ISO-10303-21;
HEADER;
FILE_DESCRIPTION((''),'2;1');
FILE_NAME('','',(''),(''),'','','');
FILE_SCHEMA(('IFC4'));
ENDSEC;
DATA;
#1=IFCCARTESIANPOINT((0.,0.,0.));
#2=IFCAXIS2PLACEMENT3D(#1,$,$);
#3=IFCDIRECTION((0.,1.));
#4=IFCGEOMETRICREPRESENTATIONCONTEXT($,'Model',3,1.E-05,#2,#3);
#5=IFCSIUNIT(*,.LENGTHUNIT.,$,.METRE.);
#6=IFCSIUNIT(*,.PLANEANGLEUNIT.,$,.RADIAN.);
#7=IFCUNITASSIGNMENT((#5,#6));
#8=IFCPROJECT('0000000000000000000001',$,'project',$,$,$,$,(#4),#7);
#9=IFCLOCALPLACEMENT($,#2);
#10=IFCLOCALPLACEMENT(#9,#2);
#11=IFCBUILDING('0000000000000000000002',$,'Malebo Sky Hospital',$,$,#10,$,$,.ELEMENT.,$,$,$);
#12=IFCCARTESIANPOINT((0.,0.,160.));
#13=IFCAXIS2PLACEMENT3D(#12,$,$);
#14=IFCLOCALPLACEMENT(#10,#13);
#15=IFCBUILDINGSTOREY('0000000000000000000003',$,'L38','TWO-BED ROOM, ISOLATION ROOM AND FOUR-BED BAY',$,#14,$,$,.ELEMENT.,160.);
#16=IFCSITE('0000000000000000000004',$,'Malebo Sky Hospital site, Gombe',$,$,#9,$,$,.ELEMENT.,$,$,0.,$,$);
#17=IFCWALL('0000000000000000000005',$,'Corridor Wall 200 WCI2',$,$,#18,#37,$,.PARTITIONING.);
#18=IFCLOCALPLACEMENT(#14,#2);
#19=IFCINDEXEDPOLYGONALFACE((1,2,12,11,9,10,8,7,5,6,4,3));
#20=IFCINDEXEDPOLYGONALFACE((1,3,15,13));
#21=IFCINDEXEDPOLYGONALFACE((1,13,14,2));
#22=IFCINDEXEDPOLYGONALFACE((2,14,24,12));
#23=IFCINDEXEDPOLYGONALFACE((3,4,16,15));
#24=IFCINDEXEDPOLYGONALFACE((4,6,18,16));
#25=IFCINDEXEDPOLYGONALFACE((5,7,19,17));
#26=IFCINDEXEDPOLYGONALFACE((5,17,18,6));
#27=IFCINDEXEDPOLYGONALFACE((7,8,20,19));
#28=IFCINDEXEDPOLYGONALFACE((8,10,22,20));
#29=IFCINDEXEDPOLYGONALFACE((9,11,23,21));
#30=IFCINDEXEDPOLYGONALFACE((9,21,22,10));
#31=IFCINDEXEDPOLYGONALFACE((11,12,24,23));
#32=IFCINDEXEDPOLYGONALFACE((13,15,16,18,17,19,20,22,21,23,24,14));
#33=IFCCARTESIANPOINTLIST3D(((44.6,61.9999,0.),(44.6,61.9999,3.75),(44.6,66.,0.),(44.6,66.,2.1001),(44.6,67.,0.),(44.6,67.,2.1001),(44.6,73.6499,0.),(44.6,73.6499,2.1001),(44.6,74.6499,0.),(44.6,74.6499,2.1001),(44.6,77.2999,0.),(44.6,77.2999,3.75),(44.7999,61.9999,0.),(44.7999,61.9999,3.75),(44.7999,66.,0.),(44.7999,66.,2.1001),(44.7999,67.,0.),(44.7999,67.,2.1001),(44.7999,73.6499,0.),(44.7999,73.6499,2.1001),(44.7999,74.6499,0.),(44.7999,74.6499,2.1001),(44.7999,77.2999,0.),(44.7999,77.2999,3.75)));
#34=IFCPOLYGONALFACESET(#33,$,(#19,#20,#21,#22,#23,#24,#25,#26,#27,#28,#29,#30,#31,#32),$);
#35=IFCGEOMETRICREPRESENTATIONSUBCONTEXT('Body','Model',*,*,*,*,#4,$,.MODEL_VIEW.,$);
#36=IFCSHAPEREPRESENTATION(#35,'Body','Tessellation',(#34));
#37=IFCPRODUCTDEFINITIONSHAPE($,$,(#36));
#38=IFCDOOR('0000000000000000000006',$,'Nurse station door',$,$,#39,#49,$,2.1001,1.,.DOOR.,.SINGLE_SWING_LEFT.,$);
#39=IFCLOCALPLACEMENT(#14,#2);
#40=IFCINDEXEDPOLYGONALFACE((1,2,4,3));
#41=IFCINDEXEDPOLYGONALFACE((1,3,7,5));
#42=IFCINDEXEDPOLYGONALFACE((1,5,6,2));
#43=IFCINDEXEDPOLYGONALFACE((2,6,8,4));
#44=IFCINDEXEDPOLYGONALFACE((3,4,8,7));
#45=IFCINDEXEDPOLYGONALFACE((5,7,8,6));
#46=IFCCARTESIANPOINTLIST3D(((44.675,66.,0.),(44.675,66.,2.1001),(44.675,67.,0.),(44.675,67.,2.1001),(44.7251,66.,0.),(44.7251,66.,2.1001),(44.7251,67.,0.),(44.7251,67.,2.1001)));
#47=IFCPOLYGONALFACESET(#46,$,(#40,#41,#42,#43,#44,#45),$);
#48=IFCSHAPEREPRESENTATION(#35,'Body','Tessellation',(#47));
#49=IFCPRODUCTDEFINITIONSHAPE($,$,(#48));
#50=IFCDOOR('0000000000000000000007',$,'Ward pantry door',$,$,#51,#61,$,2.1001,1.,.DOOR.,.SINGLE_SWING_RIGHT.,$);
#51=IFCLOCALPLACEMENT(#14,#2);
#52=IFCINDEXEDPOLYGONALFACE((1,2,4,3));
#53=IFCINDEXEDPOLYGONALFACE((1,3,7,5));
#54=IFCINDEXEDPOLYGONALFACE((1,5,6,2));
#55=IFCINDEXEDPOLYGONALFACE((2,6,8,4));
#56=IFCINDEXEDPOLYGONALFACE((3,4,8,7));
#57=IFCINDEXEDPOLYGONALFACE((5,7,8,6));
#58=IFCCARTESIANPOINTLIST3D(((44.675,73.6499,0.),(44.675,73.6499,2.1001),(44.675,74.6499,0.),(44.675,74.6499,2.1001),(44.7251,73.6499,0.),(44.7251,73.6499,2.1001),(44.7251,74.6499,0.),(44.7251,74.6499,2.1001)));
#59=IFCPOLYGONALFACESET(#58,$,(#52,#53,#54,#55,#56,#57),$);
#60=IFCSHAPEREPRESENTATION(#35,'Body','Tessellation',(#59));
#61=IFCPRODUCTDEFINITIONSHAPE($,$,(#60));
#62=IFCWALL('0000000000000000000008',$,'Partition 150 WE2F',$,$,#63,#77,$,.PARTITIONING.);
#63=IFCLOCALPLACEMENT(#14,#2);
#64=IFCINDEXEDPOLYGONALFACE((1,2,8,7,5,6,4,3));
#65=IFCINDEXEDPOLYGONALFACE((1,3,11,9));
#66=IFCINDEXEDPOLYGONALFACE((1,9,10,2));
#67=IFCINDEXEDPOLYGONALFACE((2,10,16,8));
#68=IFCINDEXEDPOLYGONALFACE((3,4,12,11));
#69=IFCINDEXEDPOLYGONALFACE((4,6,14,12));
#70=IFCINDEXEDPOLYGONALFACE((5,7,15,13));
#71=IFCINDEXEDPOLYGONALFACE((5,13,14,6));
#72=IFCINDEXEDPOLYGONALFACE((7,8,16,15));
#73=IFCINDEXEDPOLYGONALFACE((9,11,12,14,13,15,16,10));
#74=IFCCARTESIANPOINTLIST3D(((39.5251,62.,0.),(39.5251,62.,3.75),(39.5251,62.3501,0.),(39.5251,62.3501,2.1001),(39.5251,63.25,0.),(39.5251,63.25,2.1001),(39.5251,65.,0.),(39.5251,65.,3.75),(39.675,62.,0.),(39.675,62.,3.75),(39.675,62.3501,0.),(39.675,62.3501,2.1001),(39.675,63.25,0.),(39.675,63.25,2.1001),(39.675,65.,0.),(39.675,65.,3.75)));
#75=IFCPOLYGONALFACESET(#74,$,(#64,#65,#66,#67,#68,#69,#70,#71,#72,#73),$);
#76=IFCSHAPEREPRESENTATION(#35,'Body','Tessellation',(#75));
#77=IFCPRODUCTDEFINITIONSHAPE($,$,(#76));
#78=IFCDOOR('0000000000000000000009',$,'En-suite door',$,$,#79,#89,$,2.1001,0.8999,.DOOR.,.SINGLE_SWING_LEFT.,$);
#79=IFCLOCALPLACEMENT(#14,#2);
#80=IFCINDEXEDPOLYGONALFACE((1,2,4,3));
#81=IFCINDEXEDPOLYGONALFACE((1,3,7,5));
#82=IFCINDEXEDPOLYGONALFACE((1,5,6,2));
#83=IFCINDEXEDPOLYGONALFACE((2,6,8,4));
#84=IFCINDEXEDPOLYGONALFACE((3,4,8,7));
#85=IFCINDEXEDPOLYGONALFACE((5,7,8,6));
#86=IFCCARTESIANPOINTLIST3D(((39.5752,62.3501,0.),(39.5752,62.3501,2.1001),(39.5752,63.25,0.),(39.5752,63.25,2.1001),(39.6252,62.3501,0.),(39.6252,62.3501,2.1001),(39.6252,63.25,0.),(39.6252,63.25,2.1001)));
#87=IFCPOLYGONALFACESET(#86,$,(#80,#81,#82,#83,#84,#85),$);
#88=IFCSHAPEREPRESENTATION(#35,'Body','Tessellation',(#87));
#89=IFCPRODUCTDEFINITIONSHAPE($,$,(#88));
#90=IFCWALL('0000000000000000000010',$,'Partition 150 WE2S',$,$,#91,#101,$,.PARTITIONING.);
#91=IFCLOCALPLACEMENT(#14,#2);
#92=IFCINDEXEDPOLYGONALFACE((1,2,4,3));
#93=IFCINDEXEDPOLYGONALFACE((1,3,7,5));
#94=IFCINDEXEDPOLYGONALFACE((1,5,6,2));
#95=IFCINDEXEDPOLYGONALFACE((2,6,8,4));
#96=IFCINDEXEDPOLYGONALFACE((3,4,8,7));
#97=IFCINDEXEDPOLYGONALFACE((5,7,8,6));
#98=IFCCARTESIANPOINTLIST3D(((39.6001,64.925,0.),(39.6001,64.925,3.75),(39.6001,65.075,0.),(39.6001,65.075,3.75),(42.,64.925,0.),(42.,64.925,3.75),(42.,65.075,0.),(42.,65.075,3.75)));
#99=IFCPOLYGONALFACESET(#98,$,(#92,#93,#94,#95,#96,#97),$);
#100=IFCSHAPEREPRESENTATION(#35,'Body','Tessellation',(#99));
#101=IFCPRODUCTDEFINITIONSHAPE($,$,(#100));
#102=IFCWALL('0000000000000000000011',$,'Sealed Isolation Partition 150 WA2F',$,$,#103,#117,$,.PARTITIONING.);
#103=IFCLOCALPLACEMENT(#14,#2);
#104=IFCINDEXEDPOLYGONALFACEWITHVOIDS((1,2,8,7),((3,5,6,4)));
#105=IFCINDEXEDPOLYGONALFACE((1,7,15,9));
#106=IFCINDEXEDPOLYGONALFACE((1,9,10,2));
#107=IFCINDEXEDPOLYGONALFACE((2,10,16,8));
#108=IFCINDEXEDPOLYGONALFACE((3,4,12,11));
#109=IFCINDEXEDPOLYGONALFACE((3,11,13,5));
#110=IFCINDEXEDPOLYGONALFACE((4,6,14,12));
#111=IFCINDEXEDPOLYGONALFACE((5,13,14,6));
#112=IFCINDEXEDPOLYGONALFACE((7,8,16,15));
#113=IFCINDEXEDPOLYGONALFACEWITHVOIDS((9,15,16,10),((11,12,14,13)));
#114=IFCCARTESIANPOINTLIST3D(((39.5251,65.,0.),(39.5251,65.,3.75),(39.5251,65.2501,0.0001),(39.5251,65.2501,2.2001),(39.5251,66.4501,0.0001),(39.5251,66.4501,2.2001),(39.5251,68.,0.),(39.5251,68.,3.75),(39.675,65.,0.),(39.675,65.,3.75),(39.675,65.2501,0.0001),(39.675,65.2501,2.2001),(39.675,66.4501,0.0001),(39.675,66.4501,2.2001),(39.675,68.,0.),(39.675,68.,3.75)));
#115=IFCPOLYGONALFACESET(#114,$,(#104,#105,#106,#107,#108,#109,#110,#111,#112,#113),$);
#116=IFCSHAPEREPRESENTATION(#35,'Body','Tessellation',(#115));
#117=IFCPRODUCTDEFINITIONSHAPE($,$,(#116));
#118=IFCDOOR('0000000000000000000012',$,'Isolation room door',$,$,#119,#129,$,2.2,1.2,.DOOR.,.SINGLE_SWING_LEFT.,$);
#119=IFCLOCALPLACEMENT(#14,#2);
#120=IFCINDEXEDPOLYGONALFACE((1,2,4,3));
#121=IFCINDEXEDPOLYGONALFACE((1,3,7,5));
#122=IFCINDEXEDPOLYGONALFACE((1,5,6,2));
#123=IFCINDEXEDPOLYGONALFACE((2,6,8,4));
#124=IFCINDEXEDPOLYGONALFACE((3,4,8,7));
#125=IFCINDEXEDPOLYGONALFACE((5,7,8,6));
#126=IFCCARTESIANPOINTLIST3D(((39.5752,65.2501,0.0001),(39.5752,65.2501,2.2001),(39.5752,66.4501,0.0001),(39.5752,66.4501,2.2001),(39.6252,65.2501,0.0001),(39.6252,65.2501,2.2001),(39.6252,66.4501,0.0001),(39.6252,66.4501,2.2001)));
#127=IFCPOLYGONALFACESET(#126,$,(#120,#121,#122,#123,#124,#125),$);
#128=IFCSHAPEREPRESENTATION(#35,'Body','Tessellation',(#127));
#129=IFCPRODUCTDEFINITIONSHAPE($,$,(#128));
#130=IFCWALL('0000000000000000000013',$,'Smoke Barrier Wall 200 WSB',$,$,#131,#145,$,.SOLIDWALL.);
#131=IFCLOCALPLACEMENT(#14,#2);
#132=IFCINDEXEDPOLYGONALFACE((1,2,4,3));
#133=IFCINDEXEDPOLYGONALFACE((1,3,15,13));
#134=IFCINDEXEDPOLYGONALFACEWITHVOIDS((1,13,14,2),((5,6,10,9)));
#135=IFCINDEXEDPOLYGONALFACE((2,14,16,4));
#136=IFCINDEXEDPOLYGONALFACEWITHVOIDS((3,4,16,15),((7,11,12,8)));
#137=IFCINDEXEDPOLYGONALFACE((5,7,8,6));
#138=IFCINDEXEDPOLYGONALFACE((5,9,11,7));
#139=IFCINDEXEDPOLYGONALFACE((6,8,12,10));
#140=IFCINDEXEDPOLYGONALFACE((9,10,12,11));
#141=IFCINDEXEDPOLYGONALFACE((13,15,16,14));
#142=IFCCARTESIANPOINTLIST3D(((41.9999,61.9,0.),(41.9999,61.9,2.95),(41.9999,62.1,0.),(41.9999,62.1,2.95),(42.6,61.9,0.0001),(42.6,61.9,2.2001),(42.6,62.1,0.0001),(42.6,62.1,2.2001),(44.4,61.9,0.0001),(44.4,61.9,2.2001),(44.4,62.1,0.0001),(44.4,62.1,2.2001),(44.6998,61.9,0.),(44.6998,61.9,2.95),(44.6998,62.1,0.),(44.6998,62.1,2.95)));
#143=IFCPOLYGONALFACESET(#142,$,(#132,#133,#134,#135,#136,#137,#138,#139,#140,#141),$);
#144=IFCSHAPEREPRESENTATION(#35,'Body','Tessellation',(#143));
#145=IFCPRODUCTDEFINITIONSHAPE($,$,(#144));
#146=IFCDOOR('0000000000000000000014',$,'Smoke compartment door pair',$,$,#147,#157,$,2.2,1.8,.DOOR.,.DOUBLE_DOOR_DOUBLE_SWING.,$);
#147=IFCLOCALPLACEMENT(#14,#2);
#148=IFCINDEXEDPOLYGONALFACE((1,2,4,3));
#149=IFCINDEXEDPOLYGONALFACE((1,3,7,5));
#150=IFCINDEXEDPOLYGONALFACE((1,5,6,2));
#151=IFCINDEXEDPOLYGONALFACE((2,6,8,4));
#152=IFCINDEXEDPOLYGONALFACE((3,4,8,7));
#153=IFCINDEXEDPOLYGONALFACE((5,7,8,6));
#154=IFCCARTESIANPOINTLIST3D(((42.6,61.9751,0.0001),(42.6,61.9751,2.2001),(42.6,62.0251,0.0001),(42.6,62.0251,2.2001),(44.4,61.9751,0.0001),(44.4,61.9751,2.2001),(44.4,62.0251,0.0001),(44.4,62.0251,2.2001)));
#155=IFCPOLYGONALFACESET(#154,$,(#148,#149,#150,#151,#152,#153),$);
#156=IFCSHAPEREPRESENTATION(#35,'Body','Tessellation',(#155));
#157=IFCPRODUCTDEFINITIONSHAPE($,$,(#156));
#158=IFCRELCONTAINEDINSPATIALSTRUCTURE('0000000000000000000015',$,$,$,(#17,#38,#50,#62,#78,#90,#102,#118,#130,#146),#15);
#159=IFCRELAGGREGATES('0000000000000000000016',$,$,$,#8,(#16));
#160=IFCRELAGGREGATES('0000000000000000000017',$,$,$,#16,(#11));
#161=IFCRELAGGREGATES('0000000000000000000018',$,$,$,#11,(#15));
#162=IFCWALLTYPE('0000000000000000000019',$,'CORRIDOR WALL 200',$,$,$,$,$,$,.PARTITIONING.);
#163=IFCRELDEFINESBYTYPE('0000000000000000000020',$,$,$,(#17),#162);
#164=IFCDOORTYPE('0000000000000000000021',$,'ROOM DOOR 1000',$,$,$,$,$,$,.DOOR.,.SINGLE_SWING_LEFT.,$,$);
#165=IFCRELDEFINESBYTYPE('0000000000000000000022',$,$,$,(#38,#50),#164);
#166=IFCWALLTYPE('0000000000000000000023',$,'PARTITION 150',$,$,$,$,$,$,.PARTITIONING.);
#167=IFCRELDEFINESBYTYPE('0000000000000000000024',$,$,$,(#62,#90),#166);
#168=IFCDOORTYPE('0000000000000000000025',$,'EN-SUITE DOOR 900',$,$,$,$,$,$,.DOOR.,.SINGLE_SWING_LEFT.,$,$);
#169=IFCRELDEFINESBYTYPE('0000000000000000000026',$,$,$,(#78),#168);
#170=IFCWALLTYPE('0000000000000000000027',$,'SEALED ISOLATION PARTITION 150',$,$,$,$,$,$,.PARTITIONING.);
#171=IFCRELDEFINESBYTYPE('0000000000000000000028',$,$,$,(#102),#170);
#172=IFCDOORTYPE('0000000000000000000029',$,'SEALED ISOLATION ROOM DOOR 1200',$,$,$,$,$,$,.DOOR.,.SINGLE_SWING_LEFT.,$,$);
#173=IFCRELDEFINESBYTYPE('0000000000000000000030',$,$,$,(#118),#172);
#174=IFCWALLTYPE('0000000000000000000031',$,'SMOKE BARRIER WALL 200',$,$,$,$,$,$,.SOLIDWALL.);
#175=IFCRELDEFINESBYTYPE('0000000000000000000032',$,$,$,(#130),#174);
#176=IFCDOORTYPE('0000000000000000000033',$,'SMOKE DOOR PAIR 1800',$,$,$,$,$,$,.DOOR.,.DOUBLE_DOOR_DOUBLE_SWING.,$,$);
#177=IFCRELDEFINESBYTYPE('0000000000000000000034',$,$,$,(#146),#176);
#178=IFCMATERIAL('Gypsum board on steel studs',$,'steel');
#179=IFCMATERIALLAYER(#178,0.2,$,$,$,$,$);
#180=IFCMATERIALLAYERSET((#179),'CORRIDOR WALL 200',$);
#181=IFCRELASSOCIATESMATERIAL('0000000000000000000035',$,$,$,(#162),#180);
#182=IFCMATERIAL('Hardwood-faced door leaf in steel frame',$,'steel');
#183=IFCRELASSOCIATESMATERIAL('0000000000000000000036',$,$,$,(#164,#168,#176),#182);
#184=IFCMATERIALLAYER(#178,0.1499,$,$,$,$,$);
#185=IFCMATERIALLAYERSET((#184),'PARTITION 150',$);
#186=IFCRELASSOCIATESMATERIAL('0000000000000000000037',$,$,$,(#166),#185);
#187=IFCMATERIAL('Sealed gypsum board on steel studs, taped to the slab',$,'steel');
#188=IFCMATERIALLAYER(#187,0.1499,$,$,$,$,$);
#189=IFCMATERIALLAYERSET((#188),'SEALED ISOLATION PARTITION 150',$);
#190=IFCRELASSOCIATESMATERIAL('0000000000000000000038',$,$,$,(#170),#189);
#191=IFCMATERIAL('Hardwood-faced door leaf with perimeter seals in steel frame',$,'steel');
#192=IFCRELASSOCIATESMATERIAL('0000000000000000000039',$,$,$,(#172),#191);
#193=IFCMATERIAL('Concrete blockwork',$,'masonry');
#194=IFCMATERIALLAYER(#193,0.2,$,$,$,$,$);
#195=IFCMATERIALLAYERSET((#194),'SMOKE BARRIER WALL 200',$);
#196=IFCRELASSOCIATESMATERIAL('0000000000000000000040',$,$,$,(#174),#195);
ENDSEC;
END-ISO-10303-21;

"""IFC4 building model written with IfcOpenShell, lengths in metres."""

from ifc_helpers import new_model, si_unit, direction, frame, frame_2d, origin, place, context, subcontext, project, spatial, rectangle, extrude, material, layer, layer_set, type_object, element, fill, save


model = new_model("IFC4")

# Units and contexts
model_context = context("Model", 3, precision=1e-05, world=origin(), true_north=direction((0.0, 1.0)))
body_context = subcontext(model_context, "Body", "Model", "MODEL_VIEW")
ifc_project = project(units=[si_unit("LENGTHUNIT", "METRE"), si_unit("PLANEANGLEUNIT", "RADIAN")], contexts=[model_context])

# Site, building, storey
site_placement = place(None, origin())
site = spatial("IfcSite", under=ifc_project, at=site_placement, Name="Malebo Sky Hospital site, Gombe", CompositionType="ELEMENT", RefElevation=0.0)
building_placement = place(site_placement, origin())
building = spatial("IfcBuilding", under=site, at=building_placement, Name="Malebo Sky Hospital", CompositionType="ELEMENT")
storey_placement = place(building_placement, frame((0.0, 0.0, 160.0)))
storey = spatial("IfcBuildingStorey", under=building, at=storey_placement, Name="L38", Description="TWO-BED ROOM, ISOLATION ROOM AND FOUR-BED BAY", CompositionType="ELEMENT", Elevation=160.0)

# Wall, openings, doors
ifc_material_1 = material(Name="Gypsum board on steel studs", Category="steel")
ifc_layer_1 = layer(ifc_material_1, 0.2)
ifc_layer_set_1 = layer_set([ifc_layer_1], Name="CORRIDOR WALL 200")
wall_type_1 = type_object("IfcWallType", Name="CORRIDOR WALL 200", PredefinedType="PARTITIONING", material=ifc_layer_set_1)
wall_1_placement = place(storey_placement, frame((44.7, 62.0, 0.0), z_axis=(0.0, 0.0, 1.0), x_axis=(0.0, 1.0, 0.0)))
wall_1 = element("IfcWall", 1, at=wall_1_placement, inside=storey, type_object=wall_type_1, Name="Corridor Wall 200 WCI2", PredefinedType="PARTITIONING", context=body_context, shape_type="SweptSolid", body=[
    extrude(rectangle(XDim=15.3, YDim=0.2, at=frame_2d((7.6499, 0.0))), origin(), (0.0, 0.0, 1.0), 3.75),
])
opening_1_placement = place(wall_1_placement, frame((4.0, 0.0, 0.0)))
opening_1 = element("IfcOpeningElement", 2, at=opening_1_placement, cuts=wall_1, PredefinedType="OPENING", context=body_context, shape_type="SweptSolid", body=[
    extrude(rectangle(XDim=1.0, YDim=2.1001, at=frame_2d((0.5, 1.05))), frame((0.0, 0.1099, 0.0), z_axis=(0.0, -1.0, 0.0), x_axis=(1.0, 0.0, 0.0)), (0.0, 0.0, 1.0), 0.22),
])
opening_2_placement = place(wall_1_placement, frame((11.6499, 0.0, 0.0)))
opening_2 = element("IfcOpeningElement", 3, at=opening_2_placement, cuts=wall_1, PredefinedType="OPENING", context=body_context, shape_type="SweptSolid", body=[
    extrude(rectangle(XDim=1.0, YDim=2.1001, at=frame_2d((0.5, 1.05))), frame((0.0, 0.1099, 0.0), z_axis=(0.0, -1.0, 0.0), x_axis=(1.0, 0.0, 0.0)), (0.0, 0.0, 1.0), 0.22),
])
ifc_material_2 = material(Name="Hardwood-faced door leaf in steel frame", Category="steel")
door_type_1 = type_object("IfcDoorType", Name="ROOM DOOR 1000", OperationType="SINGLE_SWING_LEFT", PredefinedType="DOOR", material=ifc_material_2)
door_1_placement = place(opening_1_placement, origin())
door_1 = element("IfcDoor", 4, at=door_1_placement, inside=storey, type_object=door_type_1, Name="Nurse station door", OperationType="SINGLE_SWING_LEFT", OverallHeight=2.1001, OverallWidth=1.0, PredefinedType="DOOR", context=body_context, shape_type="SweptSolid", body=[
    extrude(rectangle(XDim=1.0, YDim=2.1001, at=frame_2d((0.5, 1.05))), frame((0.0, 0.0249, 0.0), z_axis=(0.0, -1.0, 0.0), x_axis=(1.0, 0.0, 0.0)), (0.0, 0.0, 1.0), 0.05),
])
fill(opening_1, door_1)
door_2_placement = place(opening_2_placement, origin())
door_2 = element("IfcDoor", 5, at=door_2_placement, inside=storey, type_object=door_type_1, Name="Ward pantry door", OperationType="SINGLE_SWING_RIGHT", OverallHeight=2.1001, OverallWidth=1.0, PredefinedType="DOOR", context=body_context, shape_type="SweptSolid", body=[
    extrude(rectangle(XDim=1.0, YDim=2.1001, at=frame_2d((0.5, 1.05))), frame((0.0, 0.0249, 0.0), z_axis=(0.0, -1.0, 0.0), x_axis=(1.0, 0.0, 0.0)), (0.0, 0.0, 1.0), 0.05),
])
fill(opening_2, door_2)

# Wall, opening, door
ifc_layer_2 = layer(ifc_material_1, 0.1499)
ifc_layer_set_2 = layer_set([ifc_layer_2], Name="PARTITION 150")
wall_type_2 = type_object("IfcWallType", Name="PARTITION 150", PredefinedType="PARTITIONING", material=ifc_layer_set_2)
wall_2_placement = place(storey_placement, frame((39.6001, 62.0, 0.0), z_axis=(0.0, 0.0, 1.0), x_axis=(0.0, 1.0, 0.0)))
wall_2 = element("IfcWall", 6, at=wall_2_placement, inside=storey, type_object=wall_type_2, Name="Partition 150 WE2F", PredefinedType="PARTITIONING", context=body_context, shape_type="SweptSolid", body=[
    extrude(rectangle(XDim=3.0, YDim=0.1499, at=frame_2d((1.5, 0.0))), origin(), (0.0, 0.0, 1.0), 3.75),
])
opening_3_placement = place(wall_2_placement, frame((0.3501, 0.0, 0.0)))
opening_3 = element("IfcOpeningElement", 7, at=opening_3_placement, cuts=wall_2, PredefinedType="OPENING", context=body_context, shape_type="SweptSolid", body=[
    extrude(rectangle(XDim=0.8999, YDim=2.1001, at=frame_2d((0.45, 1.05))), frame((0.0, 0.085, 0.0), z_axis=(0.0, -1.0, 0.0), x_axis=(1.0, 0.0, 0.0)), (0.0, 0.0, 1.0), 0.1699),
])
door_type_2 = type_object("IfcDoorType", Name="EN-SUITE DOOR 900", OperationType="SINGLE_SWING_LEFT", PredefinedType="DOOR", material=ifc_material_2)
door_3_placement = place(opening_3_placement, origin())
door_3 = element("IfcDoor", 8, at=door_3_placement, inside=storey, type_object=door_type_2, Name="En-suite door", OperationType="SINGLE_SWING_LEFT", OverallHeight=2.1001, OverallWidth=0.8999, PredefinedType="DOOR", context=body_context, shape_type="SweptSolid", body=[
    extrude(rectangle(XDim=0.8999, YDim=2.1001, at=frame_2d((0.45, 1.05))), frame((0.0, 0.0249, 0.0), z_axis=(0.0, -1.0, 0.0), x_axis=(1.0, 0.0, 0.0)), (0.0, 0.0, 1.0), 0.05),
])
fill(opening_3, door_3)

# Wall
wall_3_placement = place(storey_placement, frame((42.0, 65.0, 0.0), z_axis=(0.0, 0.0, 1.0), x_axis=(-1.0, 0.0, 0.0)))
element("IfcWall", 9, at=wall_3_placement, inside=storey, type_object=wall_type_2, Name="Partition 150 WE2S", PredefinedType="PARTITIONING", context=body_context, shape_type="SweptSolid", body=[
    extrude(rectangle(XDim=2.3999, YDim=0.1499, at=frame_2d((1.2, 0.0))), origin(), (0.0, 0.0, 1.0), 3.75),
])

# Walls, openings, doors
ifc_material_3 = material(Name="Sealed gypsum board on steel studs, taped to the slab", Category="steel")
ifc_layer_3 = layer(ifc_material_3, 0.1499)
ifc_layer_set_3 = layer_set([ifc_layer_3], Name="SEALED ISOLATION PARTITION 150")
wall_type_3 = type_object("IfcWallType", Name="SEALED ISOLATION PARTITION 150", PredefinedType="PARTITIONING", material=ifc_layer_set_3)
wall_4_placement = place(storey_placement, frame((39.6001, 65.0, 0.0), z_axis=(0.0, 0.0, 1.0), x_axis=(0.0, 1.0, 0.0)))
wall_4 = element("IfcWall", 10, at=wall_4_placement, inside=storey, type_object=wall_type_3, Name="Sealed Isolation Partition 150 WA2F", PredefinedType="PARTITIONING", context=body_context, shape_type="SweptSolid", body=[
    extrude(rectangle(XDim=3.0, YDim=0.1499, at=frame_2d((1.5, 0.0))), origin(), (0.0, 0.0, 1.0), 3.75),
])
opening_4_placement = place(wall_4_placement, frame((0.25, 0.0, 0.0)))
opening_4 = element("IfcOpeningElement", 11, at=opening_4_placement, cuts=wall_4, PredefinedType="OPENING", context=body_context, shape_type="SweptSolid", body=[
    extrude(rectangle(XDim=1.2, YDim=2.2, at=frame_2d((0.6001, 1.1001))), frame((0.0, 0.085, 0.0), z_axis=(0.0, -1.0, 0.0), x_axis=(1.0, 0.0, 0.0)), (0.0, 0.0, 1.0), 0.1699),
])
ifc_material_4 = material(Name="Hardwood-faced door leaf with perimeter seals in steel frame", Category="steel")
door_type_3 = type_object("IfcDoorType", Name="SEALED ISOLATION ROOM DOOR 1200", OperationType="SINGLE_SWING_LEFT", PredefinedType="DOOR", material=ifc_material_4)
door_4_placement = place(opening_4_placement, origin())
door_4 = element("IfcDoor", 12, at=door_4_placement, inside=storey, type_object=door_type_3, Name="Isolation room door", OperationType="SINGLE_SWING_LEFT", OverallHeight=2.2, OverallWidth=1.2, PredefinedType="DOOR", context=body_context, shape_type="SweptSolid", body=[
    extrude(rectangle(XDim=1.2, YDim=2.2, at=frame_2d((0.6001, 1.1001))), frame((0.0, 0.0249, 0.0), z_axis=(0.0, -1.0, 0.0), x_axis=(1.0, 0.0, 0.0)), (0.0, 0.0, 1.0), 0.05),
])
fill(opening_4, door_4)
ifc_material_5 = material(Name="Concrete blockwork", Category="masonry")
ifc_layer_4 = layer(ifc_material_5, 0.2)
ifc_layer_set_4 = layer_set([ifc_layer_4], Name="SMOKE BARRIER WALL 200")
wall_type_4 = type_object("IfcWallType", Name="SMOKE BARRIER WALL 200", PredefinedType="SOLIDWALL", material=ifc_layer_set_4)
wall_5_placement = place(storey_placement, frame((44.7, 62.0, 0.0), z_axis=(0.0, 0.0, 1.0), x_axis=(-1.0, 0.0, 0.0)))
wall_5 = element("IfcWall", 13, at=wall_5_placement, inside=storey, type_object=wall_type_4, Name="Smoke Barrier Wall 200 WSB", PredefinedType="SOLIDWALL", context=body_context, shape_type="SweptSolid", body=[
    extrude(rectangle(XDim=2.7, YDim=0.2, at=frame_2d((1.3501, 0.0))), origin(), (0.0, 0.0, 1.0), 2.95),
])
opening_5_placement = place(wall_5_placement, frame((0.3, 0.0, 0.0)))
opening_5 = element("IfcOpeningElement", 14, at=opening_5_placement, cuts=wall_5, PredefinedType="OPENING", context=body_context, shape_type="SweptSolid", body=[
    extrude(rectangle(XDim=1.8, YDim=2.2, at=frame_2d((0.8999, 1.1001))), frame((0.0, 0.1099, 0.0), z_axis=(0.0, -1.0, 0.0), x_axis=(1.0, 0.0, 0.0)), (0.0, 0.0, 1.0), 0.22),
])
door_type_4 = type_object("IfcDoorType", Name="SMOKE DOOR PAIR 1800", OperationType="DOUBLE_DOOR_DOUBLE_SWING", PredefinedType="DOOR", material=ifc_material_2)
door_5_placement = place(opening_5_placement, origin())
door_5 = element("IfcDoor", 15, at=door_5_placement, inside=storey, type_object=door_type_4, Name="Smoke compartment door pair", OperationType="DOUBLE_DOOR_DOUBLE_SWING", OverallHeight=2.2, OverallWidth=1.8, PredefinedType="DOOR", context=body_context, shape_type="SweptSolid", body=[
    extrude(rectangle(XDim=1.8, YDim=2.2, at=frame_2d((0.8999, 1.1001))), frame((0.0, 0.0249, 0.0), z_axis=(0.0, -1.0, 0.0), x_axis=(1.0, 0.0, 0.0)), (0.0, 0.0, 1.0), 0.05),
])
fill(opening_5, door_5)

save(model, "model.ifc")
